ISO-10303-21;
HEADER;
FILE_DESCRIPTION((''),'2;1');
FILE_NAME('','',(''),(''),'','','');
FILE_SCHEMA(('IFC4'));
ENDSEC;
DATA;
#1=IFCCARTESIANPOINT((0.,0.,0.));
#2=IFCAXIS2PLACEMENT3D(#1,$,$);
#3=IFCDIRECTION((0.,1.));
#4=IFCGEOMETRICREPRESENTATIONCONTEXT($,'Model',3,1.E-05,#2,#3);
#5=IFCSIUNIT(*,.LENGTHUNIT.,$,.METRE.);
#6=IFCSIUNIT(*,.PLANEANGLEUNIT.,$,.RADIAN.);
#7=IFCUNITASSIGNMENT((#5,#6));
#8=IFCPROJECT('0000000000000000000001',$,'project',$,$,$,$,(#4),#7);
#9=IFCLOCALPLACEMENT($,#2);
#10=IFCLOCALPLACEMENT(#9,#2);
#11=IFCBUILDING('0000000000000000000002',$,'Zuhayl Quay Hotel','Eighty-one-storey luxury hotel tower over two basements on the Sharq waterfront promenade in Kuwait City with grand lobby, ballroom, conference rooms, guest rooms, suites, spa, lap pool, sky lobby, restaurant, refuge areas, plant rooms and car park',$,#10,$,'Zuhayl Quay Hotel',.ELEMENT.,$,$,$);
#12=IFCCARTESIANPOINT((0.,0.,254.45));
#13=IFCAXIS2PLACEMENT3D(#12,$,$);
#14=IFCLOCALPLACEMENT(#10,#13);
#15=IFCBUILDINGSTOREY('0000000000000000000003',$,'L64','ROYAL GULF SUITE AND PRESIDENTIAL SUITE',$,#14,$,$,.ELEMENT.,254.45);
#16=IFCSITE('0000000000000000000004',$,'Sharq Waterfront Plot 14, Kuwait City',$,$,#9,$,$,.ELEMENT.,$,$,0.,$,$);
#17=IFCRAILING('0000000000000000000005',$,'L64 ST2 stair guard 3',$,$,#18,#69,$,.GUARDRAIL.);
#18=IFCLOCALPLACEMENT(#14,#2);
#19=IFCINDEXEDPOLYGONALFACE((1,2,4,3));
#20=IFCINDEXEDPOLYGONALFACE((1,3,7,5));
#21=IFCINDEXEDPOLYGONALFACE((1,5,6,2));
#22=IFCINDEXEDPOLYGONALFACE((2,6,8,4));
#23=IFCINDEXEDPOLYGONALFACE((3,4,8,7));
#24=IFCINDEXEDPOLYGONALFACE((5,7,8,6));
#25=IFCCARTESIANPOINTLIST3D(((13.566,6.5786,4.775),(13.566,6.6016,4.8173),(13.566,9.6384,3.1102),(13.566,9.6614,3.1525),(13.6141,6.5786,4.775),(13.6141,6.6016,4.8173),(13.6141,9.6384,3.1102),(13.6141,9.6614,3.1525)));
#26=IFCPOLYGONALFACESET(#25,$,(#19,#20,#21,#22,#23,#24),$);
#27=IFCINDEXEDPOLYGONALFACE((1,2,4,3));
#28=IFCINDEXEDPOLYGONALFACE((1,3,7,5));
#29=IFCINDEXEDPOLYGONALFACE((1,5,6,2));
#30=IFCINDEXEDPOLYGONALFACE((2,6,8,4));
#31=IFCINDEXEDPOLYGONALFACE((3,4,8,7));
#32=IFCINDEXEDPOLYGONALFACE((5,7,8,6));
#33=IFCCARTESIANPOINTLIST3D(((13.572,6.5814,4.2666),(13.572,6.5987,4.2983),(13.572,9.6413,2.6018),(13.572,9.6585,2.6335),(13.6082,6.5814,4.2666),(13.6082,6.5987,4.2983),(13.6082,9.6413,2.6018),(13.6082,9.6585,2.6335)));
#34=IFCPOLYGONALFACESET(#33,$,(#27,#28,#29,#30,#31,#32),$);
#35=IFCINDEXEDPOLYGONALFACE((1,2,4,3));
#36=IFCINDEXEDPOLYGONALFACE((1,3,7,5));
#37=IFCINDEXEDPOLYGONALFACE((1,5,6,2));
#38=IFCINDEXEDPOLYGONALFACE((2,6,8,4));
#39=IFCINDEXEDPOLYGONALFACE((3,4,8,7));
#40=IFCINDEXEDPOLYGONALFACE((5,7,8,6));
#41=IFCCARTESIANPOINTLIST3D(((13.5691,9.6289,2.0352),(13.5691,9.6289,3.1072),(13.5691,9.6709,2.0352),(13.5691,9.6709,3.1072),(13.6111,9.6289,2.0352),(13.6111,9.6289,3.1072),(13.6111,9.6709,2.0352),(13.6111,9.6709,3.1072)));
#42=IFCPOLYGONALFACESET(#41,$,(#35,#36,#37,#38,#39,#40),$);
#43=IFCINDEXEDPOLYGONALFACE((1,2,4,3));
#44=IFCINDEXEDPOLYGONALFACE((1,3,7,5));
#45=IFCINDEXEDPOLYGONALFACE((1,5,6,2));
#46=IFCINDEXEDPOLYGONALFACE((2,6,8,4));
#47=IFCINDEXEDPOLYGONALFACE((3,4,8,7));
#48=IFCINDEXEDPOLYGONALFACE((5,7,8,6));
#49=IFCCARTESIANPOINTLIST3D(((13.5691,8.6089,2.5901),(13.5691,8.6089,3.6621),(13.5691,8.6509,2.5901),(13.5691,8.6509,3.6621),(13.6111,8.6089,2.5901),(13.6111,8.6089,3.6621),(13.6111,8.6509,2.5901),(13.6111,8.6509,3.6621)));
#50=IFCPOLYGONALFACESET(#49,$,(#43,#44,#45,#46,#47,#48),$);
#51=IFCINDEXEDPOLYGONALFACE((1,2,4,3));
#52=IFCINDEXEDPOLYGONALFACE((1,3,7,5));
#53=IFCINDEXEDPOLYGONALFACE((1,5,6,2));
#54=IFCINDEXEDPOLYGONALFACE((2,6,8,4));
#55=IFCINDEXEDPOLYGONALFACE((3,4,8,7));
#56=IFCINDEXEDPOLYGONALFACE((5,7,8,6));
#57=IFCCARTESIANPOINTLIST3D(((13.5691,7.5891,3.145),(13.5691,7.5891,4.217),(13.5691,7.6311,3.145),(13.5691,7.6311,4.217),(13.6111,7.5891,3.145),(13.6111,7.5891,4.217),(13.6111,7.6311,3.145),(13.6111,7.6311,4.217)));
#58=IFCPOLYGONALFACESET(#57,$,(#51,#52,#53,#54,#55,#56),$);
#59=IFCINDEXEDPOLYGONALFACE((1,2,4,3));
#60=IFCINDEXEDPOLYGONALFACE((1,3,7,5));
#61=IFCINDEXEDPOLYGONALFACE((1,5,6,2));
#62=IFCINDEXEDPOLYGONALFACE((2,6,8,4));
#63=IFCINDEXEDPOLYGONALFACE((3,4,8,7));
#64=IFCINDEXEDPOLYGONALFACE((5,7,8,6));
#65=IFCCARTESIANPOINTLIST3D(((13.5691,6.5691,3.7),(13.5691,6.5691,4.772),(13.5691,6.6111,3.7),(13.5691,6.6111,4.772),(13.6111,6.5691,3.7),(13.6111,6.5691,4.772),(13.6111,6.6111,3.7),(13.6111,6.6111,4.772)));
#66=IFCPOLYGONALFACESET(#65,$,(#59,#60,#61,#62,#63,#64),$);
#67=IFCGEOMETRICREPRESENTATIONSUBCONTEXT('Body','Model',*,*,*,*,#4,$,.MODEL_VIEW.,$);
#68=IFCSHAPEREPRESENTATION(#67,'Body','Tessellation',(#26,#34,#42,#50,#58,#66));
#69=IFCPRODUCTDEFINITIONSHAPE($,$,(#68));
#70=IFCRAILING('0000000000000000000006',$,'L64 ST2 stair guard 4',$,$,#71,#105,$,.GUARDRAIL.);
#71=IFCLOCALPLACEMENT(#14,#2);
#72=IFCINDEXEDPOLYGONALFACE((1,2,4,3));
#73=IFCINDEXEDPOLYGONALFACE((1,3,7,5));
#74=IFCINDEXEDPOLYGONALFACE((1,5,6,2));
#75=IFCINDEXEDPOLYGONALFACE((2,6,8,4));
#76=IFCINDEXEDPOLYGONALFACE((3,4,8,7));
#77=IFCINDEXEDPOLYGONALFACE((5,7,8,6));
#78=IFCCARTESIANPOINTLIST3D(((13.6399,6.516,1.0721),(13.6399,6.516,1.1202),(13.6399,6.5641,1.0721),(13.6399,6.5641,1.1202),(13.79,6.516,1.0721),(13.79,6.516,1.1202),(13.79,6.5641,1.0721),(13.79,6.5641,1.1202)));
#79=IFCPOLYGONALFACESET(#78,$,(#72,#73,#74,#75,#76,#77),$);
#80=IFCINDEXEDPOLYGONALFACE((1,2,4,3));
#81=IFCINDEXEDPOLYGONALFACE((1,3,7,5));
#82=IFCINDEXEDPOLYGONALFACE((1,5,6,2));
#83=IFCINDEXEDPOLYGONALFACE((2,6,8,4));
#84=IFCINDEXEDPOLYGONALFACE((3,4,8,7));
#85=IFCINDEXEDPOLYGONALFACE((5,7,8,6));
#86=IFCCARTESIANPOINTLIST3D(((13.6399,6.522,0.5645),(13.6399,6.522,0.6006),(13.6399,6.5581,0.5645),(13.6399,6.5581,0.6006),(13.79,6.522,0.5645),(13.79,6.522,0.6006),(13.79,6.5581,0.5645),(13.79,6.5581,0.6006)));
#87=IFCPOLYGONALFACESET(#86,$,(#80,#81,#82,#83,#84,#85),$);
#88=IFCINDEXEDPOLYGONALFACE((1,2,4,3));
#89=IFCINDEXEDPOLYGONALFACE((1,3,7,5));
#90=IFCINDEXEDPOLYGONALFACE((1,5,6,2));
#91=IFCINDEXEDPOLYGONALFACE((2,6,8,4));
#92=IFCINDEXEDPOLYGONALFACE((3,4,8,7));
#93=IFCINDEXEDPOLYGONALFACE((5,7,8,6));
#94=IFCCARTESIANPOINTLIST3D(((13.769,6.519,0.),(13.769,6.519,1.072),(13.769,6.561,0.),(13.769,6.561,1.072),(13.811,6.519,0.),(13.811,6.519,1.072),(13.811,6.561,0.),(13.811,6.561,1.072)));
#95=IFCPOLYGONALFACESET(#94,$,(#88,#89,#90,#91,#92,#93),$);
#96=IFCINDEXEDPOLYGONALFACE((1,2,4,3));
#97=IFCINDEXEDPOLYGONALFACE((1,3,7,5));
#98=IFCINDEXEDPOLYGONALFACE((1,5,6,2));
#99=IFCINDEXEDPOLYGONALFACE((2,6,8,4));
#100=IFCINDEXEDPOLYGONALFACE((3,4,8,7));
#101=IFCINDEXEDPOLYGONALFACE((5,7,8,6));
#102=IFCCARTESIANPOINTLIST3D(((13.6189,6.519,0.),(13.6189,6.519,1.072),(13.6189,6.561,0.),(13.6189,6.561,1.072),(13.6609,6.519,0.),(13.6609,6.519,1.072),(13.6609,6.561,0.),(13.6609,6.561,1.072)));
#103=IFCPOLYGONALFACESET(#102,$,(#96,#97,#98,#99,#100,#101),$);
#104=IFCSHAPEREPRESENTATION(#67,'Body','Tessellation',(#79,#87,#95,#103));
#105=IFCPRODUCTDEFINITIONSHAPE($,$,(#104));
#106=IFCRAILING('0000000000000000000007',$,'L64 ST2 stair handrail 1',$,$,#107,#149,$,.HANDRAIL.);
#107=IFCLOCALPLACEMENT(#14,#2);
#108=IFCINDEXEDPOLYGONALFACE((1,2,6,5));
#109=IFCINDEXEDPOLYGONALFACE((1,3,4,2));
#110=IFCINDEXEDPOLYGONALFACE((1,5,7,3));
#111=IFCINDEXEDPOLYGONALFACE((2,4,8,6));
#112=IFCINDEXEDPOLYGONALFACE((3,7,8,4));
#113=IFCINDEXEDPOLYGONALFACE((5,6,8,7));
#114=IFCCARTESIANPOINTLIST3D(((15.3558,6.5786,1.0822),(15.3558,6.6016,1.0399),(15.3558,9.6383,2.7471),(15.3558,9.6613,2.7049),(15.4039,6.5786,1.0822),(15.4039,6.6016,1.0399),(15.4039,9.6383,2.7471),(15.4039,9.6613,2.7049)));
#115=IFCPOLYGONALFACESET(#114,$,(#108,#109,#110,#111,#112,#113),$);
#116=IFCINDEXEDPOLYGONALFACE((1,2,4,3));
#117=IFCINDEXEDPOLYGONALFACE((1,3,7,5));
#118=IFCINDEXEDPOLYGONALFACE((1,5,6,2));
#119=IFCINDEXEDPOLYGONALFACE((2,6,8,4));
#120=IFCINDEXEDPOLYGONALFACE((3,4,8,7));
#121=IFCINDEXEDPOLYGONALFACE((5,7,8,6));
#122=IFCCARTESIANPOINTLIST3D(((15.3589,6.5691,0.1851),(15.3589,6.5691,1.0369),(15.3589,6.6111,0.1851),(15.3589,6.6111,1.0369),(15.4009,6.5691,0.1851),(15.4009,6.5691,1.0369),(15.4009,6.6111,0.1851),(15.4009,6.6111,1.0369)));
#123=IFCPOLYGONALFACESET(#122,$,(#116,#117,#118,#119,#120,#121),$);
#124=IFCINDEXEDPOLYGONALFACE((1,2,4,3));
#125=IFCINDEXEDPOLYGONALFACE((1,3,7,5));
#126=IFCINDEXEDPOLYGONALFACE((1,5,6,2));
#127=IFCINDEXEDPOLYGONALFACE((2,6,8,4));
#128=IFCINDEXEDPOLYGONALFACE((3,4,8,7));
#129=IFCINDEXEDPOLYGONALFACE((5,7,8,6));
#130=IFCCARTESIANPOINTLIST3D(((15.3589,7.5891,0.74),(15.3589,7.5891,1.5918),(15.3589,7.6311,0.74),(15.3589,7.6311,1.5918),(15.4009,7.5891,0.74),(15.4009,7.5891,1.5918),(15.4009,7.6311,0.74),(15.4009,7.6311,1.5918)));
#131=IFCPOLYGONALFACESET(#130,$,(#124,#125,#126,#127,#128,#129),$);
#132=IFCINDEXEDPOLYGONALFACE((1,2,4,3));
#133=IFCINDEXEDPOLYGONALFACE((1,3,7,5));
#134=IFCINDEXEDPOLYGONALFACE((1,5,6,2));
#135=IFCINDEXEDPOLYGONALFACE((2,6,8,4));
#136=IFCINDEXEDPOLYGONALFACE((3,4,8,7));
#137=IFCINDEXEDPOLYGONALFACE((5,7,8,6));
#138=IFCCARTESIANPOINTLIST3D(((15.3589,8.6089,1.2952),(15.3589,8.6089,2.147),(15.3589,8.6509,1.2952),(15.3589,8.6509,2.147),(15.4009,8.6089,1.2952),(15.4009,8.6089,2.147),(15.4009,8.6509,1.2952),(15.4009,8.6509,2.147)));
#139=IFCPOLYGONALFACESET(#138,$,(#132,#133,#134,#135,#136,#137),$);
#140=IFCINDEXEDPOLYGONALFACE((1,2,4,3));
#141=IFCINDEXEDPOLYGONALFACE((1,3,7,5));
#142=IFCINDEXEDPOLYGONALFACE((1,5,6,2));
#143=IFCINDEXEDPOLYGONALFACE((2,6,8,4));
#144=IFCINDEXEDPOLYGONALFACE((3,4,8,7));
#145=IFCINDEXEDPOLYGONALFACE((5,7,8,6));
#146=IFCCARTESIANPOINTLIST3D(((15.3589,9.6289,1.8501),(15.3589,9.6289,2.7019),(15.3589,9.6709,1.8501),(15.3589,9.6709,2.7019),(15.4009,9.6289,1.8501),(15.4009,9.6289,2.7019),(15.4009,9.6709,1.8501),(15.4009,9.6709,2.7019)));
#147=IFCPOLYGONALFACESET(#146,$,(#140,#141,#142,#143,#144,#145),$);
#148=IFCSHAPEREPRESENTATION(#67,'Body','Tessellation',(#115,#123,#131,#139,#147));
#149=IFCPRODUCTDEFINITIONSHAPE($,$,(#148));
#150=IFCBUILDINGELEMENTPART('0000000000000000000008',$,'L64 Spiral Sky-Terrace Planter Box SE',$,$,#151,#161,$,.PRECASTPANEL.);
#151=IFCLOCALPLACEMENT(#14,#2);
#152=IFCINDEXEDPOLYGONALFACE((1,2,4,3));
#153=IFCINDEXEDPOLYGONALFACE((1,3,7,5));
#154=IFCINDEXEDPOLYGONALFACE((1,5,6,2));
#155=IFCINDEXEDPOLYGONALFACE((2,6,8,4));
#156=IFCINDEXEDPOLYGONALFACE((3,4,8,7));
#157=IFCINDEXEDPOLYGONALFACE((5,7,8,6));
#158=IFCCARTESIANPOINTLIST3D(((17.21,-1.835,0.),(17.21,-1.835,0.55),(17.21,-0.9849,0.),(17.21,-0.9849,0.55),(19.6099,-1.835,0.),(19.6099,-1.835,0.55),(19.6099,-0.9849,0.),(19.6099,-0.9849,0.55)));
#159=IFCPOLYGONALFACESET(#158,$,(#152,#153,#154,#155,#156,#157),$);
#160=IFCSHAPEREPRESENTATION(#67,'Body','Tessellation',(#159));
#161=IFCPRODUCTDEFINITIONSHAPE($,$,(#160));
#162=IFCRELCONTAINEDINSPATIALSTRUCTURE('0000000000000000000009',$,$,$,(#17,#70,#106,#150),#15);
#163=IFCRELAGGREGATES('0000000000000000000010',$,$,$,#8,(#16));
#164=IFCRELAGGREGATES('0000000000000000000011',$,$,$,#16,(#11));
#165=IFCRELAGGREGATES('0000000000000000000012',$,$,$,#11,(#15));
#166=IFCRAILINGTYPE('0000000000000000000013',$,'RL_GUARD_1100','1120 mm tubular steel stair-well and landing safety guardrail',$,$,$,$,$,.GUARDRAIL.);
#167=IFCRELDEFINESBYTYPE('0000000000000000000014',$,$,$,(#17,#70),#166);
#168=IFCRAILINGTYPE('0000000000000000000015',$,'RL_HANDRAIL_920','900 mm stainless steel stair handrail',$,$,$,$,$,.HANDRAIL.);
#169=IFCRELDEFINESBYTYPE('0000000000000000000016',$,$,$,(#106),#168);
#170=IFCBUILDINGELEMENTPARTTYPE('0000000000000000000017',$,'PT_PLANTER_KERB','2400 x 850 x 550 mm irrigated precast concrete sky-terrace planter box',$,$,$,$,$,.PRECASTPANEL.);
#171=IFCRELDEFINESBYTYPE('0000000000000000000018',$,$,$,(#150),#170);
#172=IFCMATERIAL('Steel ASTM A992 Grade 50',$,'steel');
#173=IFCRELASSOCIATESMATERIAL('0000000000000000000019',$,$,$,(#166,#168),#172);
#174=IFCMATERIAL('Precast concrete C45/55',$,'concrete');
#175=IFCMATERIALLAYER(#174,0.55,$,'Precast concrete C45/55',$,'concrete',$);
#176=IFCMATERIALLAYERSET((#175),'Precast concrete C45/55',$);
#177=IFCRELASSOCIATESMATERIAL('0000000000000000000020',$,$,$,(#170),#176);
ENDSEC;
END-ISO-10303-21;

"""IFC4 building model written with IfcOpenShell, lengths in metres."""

from ifc_helpers import new_model, si_unit, direction, frame, origin, origin_2d, place, context, subcontext, project, spatial, rectangle, extrude, material, layer, layer_set, type_object, element, save


model = new_model("IFC4")

# Units and contexts
model_context = context("Model", 3, precision=1e-05, world=origin(), true_north=direction((0.0, 1.0)))
body_context = subcontext(model_context, "Body", "Model", "MODEL_VIEW")
ifc_project = project(units=[si_unit("LENGTHUNIT", "METRE"), si_unit("PLANEANGLEUNIT", "RADIAN")], contexts=[model_context])

# Site, building, storey
site_placement = place(None, origin())
site = spatial("IfcSite", under=ifc_project, at=site_placement, Name="Sharq Waterfront Plot 14, Kuwait City", CompositionType="ELEMENT", RefElevation=0.0)
building_placement = place(site_placement, origin())
building = spatial("IfcBuilding", under=site, at=building_placement, Name="Zuhayl Quay Hotel", Description="Eighty-one-storey luxury hotel tower over two basements on the Sharq waterfront promenade in Kuwait City with grand lobby, ballroom, conference rooms, guest rooms, suites, spa, lap pool, sky lobby, restaurant, refuge areas, plant rooms and car park", LongName="Zuhayl Quay Hotel", CompositionType="ELEMENT")
storey_placement = place(building_placement, frame((0.0, 0.0, 254.45)))
storey = spatial("IfcBuildingStorey", under=building, at=storey_placement, Name="L64", Description="ROYAL GULF SUITE AND PRESIDENTIAL SUITE", CompositionType="ELEMENT", Elevation=254.45)

# Shared definitions
ifc_material_1 = material(Name="Steel ASTM A992 Grade 50", Category="steel")

# Shared definitions
ifc_material_2 = material(Name="Precast concrete C45/55", Category="concrete")

# Railings
railing_type_1 = type_object("IfcRailingType", Name="RL_GUARD_1100", Description="1120 mm tubular steel stair-well and landing safety guardrail", PredefinedType="GUARDRAIL", material=ifc_material_1)
railing_1_placement = place(storey_placement, frame((13.5901, 9.6499, 2.0352)))
element("IfcRailing", 1, at=railing_1_placement, inside=storey, type_object=railing_type_1, Name="L64 ST2 stair guard 3", PredefinedType="GUARDRAIL", context=body_context, shape_type="SweptSolid", body=[
    extrude(rectangle(XDim=0.0481, YDim=0.0481, at=origin_2d()), frame((0.0, 0.0, 1.0962), z_axis=(0.0, -0.878401, 0.477924), x_axis=(1.0, 0.0, 0.0)), (0.0, 0.0, 1.0), 3.4834),
    extrude(rectangle(XDim=0.0361, YDim=0.0361, at=origin_2d()), frame((0.0, 0.0, 0.5825), z_axis=(0.0, -0.878401, 0.477924), x_axis=(1.0, 0.0, 0.0)), (0.0, 0.0, 1.0), 3.4834),
    extrude(rectangle(XDim=0.042, YDim=0.042, at=origin_2d()), origin(), (0.0, 0.0, 1.0), 1.072),
    extrude(rectangle(XDim=0.042, YDim=0.042, at=origin_2d()), frame((0.0, -1.02, 0.5549)), (0.0, 0.0, 1.0), 1.072),
    extrude(rectangle(XDim=0.042, YDim=0.042, at=origin_2d()), frame((0.0, -2.0398, 1.1099)), (0.0, 0.0, 1.0), 1.072),
    extrude(rectangle(XDim=0.042, YDim=0.042, at=origin_2d()), frame((0.0, -3.0598, 1.6648)), (0.0, 0.0, 1.0), 1.072),
])
railing_2_placement = place(storey_placement, frame((13.79, 6.54, 0.0)))
element("IfcRailing", 2, at=railing_2_placement, inside=storey, type_object=railing_type_1, Name="L64 ST2 stair guard 4", PredefinedType="GUARDRAIL", context=body_context, shape_type="SweptSolid", body=[
    extrude(rectangle(XDim=0.0481, YDim=0.0481, at=origin_2d()), frame((0.0, 0.0, 1.0962), z_axis=(-1.0, 0.0, 0.0), x_axis=(0.0, -1.0, 0.0)), (0.0, 0.0, 1.0), 0.1501),
    extrude(rectangle(XDim=0.0361, YDim=0.0361, at=origin_2d()), frame((0.0, 0.0, 0.5825), z_axis=(-1.0, 0.0, 0.0), x_axis=(0.0, -1.0, 0.0)), (0.0, 0.0, 1.0), 0.1501),
    extrude(rectangle(XDim=0.042, YDim=0.042, at=origin_2d()), origin(), (0.0, 0.0, 1.0), 1.072),
    extrude(rectangle(XDim=0.042, YDim=0.042, at=origin_2d()), frame((-0.1501, 0.0, 0.0)), (0.0, 0.0, 1.0), 1.072),
])
railing_type_2 = type_object("IfcRailingType", Name="RL_HANDRAIL_920", Description="900 mm stainless steel stair handrail", PredefinedType="HANDRAIL", material=ifc_material_1)
railing_3_placement = place(storey_placement, frame((15.3799, 6.5901, 0.1851)))
element("IfcRailing", 3, at=railing_3_placement, inside=storey, type_object=railing_type_2, Name="L64 ST2 stair handrail 1", PredefinedType="HANDRAIL", context=body_context, shape_type="SweptSolid", body=[
    extrude(rectangle(XDim=0.0481, YDim=0.0481, at=origin_2d()), frame((0.0, 0.0, 0.876), z_axis=(0.0, 0.878372, 0.477978), x_axis=(-1.0, 0.0, 0.0)), (0.0, 0.0, 1.0), 3.4834),
    extrude(rectangle(XDim=0.042, YDim=0.042, at=origin_2d()), origin(), (0.0, 0.0, 1.0), 0.8518),
    extrude(rectangle(XDim=0.042, YDim=0.042, at=origin_2d()), frame((0.0, 1.02, 0.5549)), (0.0, 0.0, 1.0), 0.8518),
    extrude(rectangle(XDim=0.042, YDim=0.042, at=origin_2d()), frame((0.0, 2.0398, 1.1101)), (0.0, 0.0, 1.0), 0.8518),
    extrude(rectangle(XDim=0.042, YDim=0.042, at=origin_2d()), frame((0.0, 3.0598, 1.665)), (0.0, 0.0, 1.0), 0.8518),
])

# Building element part
ifc_layer_1 = layer(ifc_material_2, 0.55, Name="Precast concrete C45/55", Category="concrete")
ifc_layer_set_1 = layer_set([ifc_layer_1], Name="Precast concrete C45/55")
building_element_part_type = type_object("IfcBuildingElementPartType", Name="PT_PLANTER_KERB", Description="2400 x 850 x 550 mm irrigated precast concrete sky-terrace planter box", PredefinedType="PRECASTPANEL", material=ifc_layer_set_1)
building_element_part_placement = place(storey_placement, frame((18.4099, -1.4099, 0.0), z_axis=(0.0, 0.0, 1.0), x_axis=(1.0, 0.0, 0.0)))
element("IfcBuildingElementPart", 4, at=building_element_part_placement, inside=storey, type_object=building_element_part_type, Name="L64 Spiral Sky-Terrace Planter Box SE", PredefinedType="PRECASTPANEL", context=body_context, shape_type="SweptSolid", body=[
    extrude(rectangle(XDim=2.3999, YDim=0.8501, at=origin_2d()), origin(), (0.0, 0.0, 1.0), 0.55),
])

save(model, "model.ifc")
